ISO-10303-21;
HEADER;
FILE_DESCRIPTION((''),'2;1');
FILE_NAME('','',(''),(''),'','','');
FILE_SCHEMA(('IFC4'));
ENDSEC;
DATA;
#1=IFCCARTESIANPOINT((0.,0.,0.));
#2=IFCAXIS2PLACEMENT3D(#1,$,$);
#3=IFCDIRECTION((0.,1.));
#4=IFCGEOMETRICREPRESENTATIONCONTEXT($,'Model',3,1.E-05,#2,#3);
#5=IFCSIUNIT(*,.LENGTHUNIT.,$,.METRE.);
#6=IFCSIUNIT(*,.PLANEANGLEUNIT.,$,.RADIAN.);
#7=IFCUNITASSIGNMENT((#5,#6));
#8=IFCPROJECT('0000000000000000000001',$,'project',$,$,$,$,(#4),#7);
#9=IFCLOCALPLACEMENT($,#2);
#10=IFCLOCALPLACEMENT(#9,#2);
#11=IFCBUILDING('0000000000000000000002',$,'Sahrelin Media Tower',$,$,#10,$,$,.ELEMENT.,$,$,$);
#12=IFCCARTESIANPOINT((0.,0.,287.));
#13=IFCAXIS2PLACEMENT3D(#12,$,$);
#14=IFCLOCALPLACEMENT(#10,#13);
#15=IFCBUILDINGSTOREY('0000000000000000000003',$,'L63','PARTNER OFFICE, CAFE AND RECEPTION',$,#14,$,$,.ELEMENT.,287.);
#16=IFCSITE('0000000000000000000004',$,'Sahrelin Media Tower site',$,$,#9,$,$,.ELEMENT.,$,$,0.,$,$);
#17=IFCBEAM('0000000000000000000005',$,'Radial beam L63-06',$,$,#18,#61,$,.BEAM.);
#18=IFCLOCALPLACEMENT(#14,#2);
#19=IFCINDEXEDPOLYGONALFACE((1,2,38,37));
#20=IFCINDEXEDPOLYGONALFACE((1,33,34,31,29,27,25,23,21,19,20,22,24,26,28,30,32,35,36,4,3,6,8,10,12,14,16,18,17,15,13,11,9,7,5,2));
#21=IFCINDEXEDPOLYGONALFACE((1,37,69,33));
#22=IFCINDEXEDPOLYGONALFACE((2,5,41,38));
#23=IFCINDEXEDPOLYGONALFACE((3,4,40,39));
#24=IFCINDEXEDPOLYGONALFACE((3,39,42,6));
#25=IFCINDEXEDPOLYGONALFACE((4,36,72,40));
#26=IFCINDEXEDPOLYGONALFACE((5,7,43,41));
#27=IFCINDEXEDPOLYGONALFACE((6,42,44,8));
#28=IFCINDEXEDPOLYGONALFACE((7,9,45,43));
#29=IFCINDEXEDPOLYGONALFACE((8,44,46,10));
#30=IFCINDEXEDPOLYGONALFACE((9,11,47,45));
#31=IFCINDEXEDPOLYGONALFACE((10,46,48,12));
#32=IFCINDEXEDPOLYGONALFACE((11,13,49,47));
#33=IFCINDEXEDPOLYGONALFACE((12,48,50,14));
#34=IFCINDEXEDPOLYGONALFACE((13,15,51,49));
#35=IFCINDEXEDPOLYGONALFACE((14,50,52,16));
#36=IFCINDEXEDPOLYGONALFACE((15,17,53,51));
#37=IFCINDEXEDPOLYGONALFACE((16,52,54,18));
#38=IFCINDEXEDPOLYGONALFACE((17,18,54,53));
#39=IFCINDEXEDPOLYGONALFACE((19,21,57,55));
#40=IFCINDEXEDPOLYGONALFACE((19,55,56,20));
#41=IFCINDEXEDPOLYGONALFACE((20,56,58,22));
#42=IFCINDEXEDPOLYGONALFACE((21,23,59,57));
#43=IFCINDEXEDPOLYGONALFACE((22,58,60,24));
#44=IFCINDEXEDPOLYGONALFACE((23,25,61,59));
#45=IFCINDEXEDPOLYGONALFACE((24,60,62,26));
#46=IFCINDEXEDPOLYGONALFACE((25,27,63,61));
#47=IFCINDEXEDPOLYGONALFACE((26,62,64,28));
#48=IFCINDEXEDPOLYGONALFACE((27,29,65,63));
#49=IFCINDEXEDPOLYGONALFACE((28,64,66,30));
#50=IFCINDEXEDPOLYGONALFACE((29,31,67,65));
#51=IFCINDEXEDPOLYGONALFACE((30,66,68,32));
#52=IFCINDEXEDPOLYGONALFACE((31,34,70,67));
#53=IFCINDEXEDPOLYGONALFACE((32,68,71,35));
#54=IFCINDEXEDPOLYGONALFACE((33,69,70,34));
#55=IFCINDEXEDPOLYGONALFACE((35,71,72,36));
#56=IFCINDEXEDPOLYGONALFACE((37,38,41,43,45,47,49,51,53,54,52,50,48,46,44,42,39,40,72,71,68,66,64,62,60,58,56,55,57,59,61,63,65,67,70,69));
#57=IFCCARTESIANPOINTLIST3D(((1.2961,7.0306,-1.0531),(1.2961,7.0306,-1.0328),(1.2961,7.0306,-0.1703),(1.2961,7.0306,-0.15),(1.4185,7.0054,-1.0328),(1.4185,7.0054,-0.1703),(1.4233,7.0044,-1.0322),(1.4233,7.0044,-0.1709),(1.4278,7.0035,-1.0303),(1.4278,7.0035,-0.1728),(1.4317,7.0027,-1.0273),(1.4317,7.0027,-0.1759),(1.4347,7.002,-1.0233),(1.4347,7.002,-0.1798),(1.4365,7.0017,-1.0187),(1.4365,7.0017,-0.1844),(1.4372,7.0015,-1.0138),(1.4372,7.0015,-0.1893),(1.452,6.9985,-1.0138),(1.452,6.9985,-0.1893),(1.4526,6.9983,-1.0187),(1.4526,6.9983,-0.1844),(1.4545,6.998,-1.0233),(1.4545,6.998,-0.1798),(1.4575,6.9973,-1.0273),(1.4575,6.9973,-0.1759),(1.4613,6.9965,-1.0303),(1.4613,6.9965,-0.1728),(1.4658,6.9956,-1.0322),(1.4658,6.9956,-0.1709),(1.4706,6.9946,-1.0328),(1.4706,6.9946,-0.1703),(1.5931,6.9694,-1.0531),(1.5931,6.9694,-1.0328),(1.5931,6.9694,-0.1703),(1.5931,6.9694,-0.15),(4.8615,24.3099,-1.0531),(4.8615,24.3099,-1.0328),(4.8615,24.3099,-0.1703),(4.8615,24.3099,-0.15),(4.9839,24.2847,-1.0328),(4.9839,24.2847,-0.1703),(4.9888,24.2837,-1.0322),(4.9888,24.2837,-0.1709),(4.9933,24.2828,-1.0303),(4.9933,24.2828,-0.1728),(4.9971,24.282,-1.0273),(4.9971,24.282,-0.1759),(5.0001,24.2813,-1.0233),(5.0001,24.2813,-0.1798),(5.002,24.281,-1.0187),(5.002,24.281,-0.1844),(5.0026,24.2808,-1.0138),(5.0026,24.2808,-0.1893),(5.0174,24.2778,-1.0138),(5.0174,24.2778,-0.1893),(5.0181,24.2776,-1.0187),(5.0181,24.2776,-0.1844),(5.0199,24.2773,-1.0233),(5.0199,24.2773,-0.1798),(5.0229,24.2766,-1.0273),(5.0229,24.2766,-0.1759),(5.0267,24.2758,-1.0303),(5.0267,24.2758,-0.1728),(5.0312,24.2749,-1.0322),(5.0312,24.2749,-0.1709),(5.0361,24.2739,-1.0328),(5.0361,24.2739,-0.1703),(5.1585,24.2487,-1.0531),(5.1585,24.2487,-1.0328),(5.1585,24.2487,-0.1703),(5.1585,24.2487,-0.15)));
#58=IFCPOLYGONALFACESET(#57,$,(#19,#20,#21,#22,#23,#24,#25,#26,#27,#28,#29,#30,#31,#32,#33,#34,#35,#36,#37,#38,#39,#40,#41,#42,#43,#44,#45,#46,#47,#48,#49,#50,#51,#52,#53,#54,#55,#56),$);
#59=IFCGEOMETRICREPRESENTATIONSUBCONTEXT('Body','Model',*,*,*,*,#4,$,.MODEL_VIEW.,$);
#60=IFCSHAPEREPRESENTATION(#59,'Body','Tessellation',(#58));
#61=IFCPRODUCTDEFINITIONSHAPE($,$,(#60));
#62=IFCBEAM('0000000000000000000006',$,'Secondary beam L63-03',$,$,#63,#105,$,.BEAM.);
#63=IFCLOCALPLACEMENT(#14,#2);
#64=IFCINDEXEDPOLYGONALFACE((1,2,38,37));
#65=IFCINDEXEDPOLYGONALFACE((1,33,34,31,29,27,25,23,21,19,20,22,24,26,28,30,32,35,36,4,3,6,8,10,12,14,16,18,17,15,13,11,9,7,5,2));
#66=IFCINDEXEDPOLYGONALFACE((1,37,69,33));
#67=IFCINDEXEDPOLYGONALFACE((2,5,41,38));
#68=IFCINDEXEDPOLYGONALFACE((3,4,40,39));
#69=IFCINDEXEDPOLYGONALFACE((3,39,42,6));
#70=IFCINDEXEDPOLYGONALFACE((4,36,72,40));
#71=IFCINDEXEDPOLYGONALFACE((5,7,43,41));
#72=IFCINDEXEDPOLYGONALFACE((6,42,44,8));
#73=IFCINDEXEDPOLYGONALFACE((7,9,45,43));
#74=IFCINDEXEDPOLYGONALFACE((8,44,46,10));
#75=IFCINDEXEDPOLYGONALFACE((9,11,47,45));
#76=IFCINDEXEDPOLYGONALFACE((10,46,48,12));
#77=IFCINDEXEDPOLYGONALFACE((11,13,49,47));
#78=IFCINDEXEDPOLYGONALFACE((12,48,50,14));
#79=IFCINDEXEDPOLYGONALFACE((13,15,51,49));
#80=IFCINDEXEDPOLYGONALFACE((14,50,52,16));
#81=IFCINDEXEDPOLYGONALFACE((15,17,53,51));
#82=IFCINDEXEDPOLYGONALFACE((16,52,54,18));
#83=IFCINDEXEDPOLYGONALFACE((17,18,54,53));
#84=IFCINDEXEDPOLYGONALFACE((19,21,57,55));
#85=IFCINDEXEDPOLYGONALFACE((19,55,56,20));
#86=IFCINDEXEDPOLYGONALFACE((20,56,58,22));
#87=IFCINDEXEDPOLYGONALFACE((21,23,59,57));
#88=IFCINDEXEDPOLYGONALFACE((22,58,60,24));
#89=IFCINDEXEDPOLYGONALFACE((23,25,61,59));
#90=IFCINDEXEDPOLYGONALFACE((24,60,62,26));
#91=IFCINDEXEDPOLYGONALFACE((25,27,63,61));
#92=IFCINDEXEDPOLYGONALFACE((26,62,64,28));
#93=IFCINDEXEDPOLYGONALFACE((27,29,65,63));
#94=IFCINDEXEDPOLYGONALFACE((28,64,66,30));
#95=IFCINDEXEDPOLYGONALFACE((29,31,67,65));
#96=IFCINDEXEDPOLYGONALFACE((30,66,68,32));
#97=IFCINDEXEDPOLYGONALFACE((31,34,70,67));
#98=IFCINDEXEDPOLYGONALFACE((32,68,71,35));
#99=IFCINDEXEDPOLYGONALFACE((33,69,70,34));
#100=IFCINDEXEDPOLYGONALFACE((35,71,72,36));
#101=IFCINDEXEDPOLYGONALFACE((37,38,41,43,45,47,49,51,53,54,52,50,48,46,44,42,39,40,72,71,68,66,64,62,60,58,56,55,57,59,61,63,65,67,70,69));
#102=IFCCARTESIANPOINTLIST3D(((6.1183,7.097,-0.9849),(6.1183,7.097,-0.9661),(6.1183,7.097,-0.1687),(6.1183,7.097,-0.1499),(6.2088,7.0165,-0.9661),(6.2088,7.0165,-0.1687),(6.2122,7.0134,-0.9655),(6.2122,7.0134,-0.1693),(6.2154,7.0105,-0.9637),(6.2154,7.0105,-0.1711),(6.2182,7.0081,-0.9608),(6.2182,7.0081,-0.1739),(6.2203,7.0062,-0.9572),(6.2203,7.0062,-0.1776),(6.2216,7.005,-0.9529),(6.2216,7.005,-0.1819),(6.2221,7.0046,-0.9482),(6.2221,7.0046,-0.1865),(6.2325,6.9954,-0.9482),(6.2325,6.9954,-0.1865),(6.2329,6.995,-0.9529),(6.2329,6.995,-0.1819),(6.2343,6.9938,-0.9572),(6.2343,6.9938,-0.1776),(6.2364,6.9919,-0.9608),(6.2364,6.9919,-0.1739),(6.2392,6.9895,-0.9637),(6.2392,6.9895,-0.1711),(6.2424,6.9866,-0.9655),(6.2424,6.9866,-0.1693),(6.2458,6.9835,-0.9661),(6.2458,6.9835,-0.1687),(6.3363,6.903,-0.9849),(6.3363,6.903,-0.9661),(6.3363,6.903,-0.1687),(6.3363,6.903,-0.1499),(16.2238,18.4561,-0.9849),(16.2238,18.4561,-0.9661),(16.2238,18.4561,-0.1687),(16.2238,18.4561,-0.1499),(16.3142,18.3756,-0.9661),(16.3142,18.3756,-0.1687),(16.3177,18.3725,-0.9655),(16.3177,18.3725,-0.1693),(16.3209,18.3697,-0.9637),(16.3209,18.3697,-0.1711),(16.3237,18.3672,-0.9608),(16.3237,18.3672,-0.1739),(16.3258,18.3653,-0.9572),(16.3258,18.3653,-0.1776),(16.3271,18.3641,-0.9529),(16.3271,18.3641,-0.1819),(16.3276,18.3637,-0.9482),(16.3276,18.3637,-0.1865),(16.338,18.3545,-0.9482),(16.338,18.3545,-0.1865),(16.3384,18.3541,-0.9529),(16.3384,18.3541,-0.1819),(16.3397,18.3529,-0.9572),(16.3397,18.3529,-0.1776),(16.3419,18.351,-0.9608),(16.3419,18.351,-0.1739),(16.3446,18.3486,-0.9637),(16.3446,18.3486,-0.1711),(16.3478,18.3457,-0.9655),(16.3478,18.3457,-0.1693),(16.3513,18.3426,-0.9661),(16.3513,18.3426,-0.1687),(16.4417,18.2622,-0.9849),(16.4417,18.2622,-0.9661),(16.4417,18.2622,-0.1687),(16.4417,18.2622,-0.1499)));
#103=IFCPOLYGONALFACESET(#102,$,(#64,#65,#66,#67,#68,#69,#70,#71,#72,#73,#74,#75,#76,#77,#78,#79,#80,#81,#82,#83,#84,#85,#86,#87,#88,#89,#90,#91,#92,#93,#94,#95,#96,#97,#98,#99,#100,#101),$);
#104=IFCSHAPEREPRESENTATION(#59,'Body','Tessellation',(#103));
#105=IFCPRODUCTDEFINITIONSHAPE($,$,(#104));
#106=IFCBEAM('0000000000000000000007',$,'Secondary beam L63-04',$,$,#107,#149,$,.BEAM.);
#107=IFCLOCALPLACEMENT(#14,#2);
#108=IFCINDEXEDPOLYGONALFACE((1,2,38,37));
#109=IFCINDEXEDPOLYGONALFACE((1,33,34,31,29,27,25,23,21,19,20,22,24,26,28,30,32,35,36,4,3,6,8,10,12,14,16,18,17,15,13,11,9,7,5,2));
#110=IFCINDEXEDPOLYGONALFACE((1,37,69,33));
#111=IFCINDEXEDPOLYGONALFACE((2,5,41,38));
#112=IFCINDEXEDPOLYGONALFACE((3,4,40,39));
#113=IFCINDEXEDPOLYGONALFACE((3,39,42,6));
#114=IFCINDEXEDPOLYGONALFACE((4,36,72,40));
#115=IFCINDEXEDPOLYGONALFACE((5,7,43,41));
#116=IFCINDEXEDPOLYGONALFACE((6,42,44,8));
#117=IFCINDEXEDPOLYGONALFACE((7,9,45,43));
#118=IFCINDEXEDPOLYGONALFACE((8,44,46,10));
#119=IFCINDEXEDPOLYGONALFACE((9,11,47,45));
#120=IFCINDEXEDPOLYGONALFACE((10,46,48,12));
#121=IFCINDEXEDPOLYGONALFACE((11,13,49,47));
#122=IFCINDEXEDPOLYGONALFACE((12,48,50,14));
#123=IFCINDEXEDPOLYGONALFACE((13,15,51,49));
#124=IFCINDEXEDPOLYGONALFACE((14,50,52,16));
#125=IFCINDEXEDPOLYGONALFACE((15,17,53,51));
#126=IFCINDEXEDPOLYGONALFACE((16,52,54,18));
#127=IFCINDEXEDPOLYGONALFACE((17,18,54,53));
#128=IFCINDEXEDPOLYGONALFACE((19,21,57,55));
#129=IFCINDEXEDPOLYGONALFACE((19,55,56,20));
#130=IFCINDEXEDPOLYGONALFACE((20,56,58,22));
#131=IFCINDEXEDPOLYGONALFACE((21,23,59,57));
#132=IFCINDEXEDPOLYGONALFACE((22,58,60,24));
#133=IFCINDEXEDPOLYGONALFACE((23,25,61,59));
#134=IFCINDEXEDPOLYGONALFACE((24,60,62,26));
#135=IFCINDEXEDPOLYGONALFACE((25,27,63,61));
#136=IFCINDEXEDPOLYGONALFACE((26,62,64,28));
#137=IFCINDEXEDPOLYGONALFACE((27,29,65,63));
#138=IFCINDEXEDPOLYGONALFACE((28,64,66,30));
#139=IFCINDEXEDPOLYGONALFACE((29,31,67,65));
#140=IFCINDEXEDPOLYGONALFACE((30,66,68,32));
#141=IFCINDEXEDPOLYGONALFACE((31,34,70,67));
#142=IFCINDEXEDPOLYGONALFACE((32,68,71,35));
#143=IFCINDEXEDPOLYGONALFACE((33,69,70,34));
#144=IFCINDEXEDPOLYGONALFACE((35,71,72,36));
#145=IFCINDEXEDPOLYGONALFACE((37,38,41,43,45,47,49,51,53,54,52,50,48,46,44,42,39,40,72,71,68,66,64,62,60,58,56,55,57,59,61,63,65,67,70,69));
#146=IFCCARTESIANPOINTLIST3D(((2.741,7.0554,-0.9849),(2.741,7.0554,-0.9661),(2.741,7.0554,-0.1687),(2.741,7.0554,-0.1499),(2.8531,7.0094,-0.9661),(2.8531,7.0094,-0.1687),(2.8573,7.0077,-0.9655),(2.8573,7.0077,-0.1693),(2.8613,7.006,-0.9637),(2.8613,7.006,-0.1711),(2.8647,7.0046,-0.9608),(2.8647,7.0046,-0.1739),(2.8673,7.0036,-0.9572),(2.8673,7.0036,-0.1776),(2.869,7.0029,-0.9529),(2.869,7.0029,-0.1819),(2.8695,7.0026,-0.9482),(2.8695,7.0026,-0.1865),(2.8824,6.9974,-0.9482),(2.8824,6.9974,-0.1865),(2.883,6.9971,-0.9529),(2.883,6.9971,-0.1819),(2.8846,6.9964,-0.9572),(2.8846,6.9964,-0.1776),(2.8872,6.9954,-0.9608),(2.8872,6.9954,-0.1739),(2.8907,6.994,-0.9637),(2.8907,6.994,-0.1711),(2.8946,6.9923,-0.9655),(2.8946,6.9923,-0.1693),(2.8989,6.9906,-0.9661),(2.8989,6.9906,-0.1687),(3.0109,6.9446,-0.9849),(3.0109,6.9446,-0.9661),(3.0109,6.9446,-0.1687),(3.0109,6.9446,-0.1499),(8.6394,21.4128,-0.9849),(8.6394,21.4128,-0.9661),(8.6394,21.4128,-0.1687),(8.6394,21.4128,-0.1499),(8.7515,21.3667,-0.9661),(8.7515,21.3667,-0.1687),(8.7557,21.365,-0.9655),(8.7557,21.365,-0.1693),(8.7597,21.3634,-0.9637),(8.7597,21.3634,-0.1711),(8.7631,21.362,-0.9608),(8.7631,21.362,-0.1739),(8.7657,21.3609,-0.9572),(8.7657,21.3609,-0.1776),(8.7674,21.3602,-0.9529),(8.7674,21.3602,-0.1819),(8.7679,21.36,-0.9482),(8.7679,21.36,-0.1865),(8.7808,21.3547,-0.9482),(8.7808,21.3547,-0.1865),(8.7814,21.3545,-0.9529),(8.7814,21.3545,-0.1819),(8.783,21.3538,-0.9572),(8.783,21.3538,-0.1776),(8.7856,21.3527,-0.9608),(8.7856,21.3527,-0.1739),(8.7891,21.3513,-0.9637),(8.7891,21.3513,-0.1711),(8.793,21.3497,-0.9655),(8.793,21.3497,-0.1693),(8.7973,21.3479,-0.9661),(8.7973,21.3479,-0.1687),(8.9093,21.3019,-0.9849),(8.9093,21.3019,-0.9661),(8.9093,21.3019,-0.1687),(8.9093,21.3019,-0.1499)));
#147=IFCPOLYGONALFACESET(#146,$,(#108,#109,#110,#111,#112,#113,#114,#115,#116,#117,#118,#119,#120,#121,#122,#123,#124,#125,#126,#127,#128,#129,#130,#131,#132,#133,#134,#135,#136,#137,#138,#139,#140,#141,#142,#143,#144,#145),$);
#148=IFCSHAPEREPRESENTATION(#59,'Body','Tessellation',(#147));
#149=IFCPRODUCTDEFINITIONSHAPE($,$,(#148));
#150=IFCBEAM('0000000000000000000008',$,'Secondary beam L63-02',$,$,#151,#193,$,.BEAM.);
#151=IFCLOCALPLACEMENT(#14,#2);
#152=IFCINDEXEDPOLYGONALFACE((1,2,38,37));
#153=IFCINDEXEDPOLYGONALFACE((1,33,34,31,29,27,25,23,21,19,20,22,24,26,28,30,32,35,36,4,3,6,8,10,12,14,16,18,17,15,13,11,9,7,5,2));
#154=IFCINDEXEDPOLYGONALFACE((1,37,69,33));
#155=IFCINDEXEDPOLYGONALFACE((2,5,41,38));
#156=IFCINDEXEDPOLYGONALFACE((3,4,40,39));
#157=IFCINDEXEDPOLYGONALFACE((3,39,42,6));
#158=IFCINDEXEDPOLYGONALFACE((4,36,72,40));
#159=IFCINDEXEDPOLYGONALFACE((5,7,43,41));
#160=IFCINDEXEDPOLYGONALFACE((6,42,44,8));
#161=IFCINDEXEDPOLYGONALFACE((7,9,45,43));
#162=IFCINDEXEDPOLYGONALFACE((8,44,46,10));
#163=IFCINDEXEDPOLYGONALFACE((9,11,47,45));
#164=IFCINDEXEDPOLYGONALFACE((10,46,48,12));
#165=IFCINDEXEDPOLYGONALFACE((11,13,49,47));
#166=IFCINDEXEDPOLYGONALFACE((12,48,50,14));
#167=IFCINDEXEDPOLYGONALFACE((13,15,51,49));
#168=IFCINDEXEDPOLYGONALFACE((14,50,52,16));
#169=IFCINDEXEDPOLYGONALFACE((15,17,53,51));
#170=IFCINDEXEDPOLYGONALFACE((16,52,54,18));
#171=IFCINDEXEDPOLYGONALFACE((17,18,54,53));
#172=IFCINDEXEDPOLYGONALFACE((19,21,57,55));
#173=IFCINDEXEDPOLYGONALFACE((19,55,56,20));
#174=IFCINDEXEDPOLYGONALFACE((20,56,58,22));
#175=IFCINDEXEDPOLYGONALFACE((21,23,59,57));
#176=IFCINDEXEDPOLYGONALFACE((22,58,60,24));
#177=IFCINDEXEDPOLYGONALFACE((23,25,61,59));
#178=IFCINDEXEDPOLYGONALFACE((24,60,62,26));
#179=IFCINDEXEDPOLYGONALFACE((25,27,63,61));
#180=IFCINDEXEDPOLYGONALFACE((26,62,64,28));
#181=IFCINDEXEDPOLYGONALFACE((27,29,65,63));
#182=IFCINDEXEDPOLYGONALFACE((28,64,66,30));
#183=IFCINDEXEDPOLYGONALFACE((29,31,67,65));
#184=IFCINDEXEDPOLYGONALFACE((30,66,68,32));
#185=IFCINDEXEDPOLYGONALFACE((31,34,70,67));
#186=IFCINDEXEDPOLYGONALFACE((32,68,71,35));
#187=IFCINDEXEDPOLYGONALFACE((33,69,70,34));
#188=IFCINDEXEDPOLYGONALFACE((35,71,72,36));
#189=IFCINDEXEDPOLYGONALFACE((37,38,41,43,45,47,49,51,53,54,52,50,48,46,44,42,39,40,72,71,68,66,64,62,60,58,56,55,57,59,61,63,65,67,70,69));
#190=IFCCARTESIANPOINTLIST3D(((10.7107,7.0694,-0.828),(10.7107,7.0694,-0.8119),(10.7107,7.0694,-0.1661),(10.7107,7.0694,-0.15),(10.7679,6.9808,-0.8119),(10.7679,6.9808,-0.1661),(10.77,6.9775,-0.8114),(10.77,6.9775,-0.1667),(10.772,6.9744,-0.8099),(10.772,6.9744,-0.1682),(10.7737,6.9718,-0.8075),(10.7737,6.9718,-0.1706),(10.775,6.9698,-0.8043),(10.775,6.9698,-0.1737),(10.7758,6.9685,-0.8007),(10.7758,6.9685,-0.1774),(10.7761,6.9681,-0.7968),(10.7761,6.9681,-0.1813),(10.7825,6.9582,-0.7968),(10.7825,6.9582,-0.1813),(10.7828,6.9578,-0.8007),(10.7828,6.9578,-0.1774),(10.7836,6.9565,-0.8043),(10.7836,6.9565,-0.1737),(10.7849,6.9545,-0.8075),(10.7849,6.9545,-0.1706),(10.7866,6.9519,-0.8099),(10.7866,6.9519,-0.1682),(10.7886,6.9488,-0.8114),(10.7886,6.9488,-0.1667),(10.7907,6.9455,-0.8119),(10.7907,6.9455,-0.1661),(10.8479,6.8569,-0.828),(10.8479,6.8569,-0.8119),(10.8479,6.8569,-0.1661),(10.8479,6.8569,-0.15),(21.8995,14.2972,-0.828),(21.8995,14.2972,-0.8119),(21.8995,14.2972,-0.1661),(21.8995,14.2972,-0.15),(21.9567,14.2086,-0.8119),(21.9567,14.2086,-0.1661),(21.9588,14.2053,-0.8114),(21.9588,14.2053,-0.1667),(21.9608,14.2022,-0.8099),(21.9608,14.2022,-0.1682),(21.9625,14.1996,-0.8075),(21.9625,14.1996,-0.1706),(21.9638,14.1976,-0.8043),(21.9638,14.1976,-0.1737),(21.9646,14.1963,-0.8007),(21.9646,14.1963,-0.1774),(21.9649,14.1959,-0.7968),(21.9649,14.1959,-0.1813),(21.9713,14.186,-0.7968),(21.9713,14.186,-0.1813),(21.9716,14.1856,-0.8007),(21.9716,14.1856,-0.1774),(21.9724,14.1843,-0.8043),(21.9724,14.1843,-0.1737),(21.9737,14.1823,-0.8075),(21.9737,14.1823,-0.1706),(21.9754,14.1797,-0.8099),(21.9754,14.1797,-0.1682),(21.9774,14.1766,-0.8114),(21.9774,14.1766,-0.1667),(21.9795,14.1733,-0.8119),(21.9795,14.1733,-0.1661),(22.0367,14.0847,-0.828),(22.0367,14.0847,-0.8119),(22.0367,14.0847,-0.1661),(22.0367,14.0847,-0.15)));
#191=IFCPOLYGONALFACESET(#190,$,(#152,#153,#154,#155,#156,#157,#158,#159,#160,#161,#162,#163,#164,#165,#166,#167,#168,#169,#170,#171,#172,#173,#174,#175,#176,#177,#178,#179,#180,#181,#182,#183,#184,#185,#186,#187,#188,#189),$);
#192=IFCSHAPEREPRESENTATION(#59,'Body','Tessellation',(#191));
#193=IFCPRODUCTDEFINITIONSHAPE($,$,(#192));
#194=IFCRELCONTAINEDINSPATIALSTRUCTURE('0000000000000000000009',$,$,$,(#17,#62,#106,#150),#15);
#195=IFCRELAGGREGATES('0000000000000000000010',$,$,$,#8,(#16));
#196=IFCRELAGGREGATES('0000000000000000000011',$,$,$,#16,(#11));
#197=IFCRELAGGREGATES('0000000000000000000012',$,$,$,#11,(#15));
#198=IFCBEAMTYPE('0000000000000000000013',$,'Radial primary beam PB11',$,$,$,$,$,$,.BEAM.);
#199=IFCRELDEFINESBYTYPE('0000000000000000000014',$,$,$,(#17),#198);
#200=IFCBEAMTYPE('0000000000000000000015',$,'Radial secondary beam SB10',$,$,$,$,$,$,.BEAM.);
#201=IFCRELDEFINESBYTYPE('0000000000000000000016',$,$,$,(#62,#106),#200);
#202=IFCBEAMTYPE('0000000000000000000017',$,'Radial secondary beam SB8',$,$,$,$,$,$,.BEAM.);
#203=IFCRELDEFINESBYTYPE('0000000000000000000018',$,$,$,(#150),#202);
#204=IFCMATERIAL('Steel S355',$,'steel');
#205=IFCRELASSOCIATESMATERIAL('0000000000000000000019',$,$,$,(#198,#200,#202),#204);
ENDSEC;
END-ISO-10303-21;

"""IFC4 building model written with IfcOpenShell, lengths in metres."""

from ifc_helpers import new_model, si_unit, direction, frame, origin, origin_2d, place, context, subcontext, project, spatial, i_section, extrude, material, material_profile, profile_set, type_object, element, save


model = new_model("IFC4")

# Units and contexts
model_context = context("Model", 3, precision=1e-05, world=origin(), true_north=direction((0.0, 1.0)))
body_context = subcontext(model_context, "Body", "Model", "MODEL_VIEW")
ifc_project = project(units=[si_unit("LENGTHUNIT", "METRE"), si_unit("PLANEANGLEUNIT", "RADIAN")], contexts=[model_context])

# Site, building, storey
site_placement = place(None, origin())
site = spatial("IfcSite", under=ifc_project, at=site_placement, Name="Sahrelin Media Tower site", CompositionType="ELEMENT", RefElevation=0.0)
building_placement = place(site_placement, origin())
building = spatial("IfcBuilding", under=site, at=building_placement, Name="Sahrelin Media Tower", CompositionType="ELEMENT")
storey_placement = place(building_placement, frame((0.0, 0.0, 287.0)))
storey = spatial("IfcBuildingStorey", under=building, at=storey_placement, Name="L63", Description="PARTNER OFFICE, CAFE AND RECEPTION", CompositionType="ELEMENT", Elevation=287.0)

# Shared definitions
ifc_material_1 = material(Name="Steel S355", Category="steel")

# Beams
ifc_material_profile_1 = material_profile(ifc_material_1, i_section(OverallWidth=0.3032, OverallDepth=0.9031, WebThickness=0.0151, FlangeThickness=0.0203, FilletRadius=0.019, at=origin_2d()), Name="UB 914x305x201")
ifc_profile_set_1 = profile_set([ifc_material_profile_1], Name="Steel S355")
beam_type_1 = type_object("IfcBeamType", Name="Radial primary beam PB11", PredefinedType="BEAM", material=ifc_profile_set_1)
beam_1_placement = place(storey_placement, frame((1.4446, 7.0, -0.6016), z_axis=(0.202084, 0.979368, 0.0), x_axis=(-0.979368, 0.202084, 0.0)))
element("IfcBeam", 1, at=beam_1_placement, inside=storey, type_object=beam_type_1, Name="Radial beam L63-06", PredefinedType="BEAM", context=body_context, shape_type="SweptSolid", body=[
    extrude(i_section(OverallWidth=0.3032, OverallDepth=0.9031, WebThickness=0.0151, FlangeThickness=0.0203, FilletRadius=0.019, at=origin_2d()), origin(), (0.0, 0.0, 1.0), 17.6433),
])
ifc_material_profile_2 = material_profile(ifc_material_1, i_section(OverallWidth=0.2917, OverallDepth=0.835, WebThickness=0.0139, FlangeThickness=0.0188, FilletRadius=0.0178, at=origin_2d()), Name="UB 838x292x176")
ifc_profile_set_2 = profile_set([ifc_material_profile_2], Name="Steel S355")
beam_type_2 = type_object("IfcBeamType", Name="Radial secondary beam SB10", PredefinedType="BEAM", material=ifc_profile_set_2)
beam_2_placement = place(storey_placement, frame((6.2273, 7.0, -0.5674), z_axis=(0.664675, 0.747133, 0.0), x_axis=(-0.747133, 0.664675, 0.0)))
element("IfcBeam", 2, at=beam_2_placement, inside=storey, type_object=beam_type_2, Name="Secondary beam L63-03", PredefinedType="BEAM", context=body_context, shape_type="SweptSolid", body=[
    extrude(i_section(OverallWidth=0.2917, OverallDepth=0.835, WebThickness=0.0139, FlangeThickness=0.0188, FilletRadius=0.0178, at=origin_2d()), origin(), (0.0, 0.0, 1.0), 15.2036),
])
beam_3_placement = place(storey_placement, frame((2.876, 7.0, -0.5674), z_axis=(0.380009, 0.924983, 0.0), x_axis=(-0.924983, 0.380009, 0.0)))
element("IfcBeam", 3, at=beam_3_placement, inside=storey, type_object=beam_type_2, Name="Secondary beam L63-04", PredefinedType="BEAM", context=body_context, shape_type="SweptSolid", body=[
    extrude(i_section(OverallWidth=0.2917, OverallDepth=0.835, WebThickness=0.0139, FlangeThickness=0.0188, FilletRadius=0.0178, at=origin_2d()), origin(), (0.0, 0.0, 1.0), 15.5217),
])
ifc_material_profile_3 = material_profile(ifc_material_1, i_section(OverallWidth=0.2529, OverallDepth=0.678, WebThickness=0.0117, FlangeThickness=0.0161, FilletRadius=0.0151, at=origin_2d()), Name="UB 686x254x125")
ifc_profile_set_3 = profile_set([ifc_material_profile_3], Name="Steel S355")
beam_type_3 = type_object("IfcBeamType", Name="Radial secondary beam SB8", PredefinedType="BEAM", material=ifc_profile_set_3)
beam_4_placement = place(storey_placement, frame((10.7793, 6.9631, -0.489), z_axis=(0.83998, 0.542617, 0.0), x_axis=(-0.542617, 0.83998, 0.0)))
element("IfcBeam", 4, at=beam_4_placement, inside=storey, type_object=beam_type_3, Name="Secondary beam L63-02", PredefinedType="BEAM", context=body_context, shape_type="SweptSolid", body=[
    extrude(i_section(OverallWidth=0.2529, OverallDepth=0.678, WebThickness=0.0117, FlangeThickness=0.0161, FilletRadius=0.0151, at=origin_2d()), origin(), (0.0, 0.0, 1.0), 13.3203),
])

save(model, "model.ifc")
